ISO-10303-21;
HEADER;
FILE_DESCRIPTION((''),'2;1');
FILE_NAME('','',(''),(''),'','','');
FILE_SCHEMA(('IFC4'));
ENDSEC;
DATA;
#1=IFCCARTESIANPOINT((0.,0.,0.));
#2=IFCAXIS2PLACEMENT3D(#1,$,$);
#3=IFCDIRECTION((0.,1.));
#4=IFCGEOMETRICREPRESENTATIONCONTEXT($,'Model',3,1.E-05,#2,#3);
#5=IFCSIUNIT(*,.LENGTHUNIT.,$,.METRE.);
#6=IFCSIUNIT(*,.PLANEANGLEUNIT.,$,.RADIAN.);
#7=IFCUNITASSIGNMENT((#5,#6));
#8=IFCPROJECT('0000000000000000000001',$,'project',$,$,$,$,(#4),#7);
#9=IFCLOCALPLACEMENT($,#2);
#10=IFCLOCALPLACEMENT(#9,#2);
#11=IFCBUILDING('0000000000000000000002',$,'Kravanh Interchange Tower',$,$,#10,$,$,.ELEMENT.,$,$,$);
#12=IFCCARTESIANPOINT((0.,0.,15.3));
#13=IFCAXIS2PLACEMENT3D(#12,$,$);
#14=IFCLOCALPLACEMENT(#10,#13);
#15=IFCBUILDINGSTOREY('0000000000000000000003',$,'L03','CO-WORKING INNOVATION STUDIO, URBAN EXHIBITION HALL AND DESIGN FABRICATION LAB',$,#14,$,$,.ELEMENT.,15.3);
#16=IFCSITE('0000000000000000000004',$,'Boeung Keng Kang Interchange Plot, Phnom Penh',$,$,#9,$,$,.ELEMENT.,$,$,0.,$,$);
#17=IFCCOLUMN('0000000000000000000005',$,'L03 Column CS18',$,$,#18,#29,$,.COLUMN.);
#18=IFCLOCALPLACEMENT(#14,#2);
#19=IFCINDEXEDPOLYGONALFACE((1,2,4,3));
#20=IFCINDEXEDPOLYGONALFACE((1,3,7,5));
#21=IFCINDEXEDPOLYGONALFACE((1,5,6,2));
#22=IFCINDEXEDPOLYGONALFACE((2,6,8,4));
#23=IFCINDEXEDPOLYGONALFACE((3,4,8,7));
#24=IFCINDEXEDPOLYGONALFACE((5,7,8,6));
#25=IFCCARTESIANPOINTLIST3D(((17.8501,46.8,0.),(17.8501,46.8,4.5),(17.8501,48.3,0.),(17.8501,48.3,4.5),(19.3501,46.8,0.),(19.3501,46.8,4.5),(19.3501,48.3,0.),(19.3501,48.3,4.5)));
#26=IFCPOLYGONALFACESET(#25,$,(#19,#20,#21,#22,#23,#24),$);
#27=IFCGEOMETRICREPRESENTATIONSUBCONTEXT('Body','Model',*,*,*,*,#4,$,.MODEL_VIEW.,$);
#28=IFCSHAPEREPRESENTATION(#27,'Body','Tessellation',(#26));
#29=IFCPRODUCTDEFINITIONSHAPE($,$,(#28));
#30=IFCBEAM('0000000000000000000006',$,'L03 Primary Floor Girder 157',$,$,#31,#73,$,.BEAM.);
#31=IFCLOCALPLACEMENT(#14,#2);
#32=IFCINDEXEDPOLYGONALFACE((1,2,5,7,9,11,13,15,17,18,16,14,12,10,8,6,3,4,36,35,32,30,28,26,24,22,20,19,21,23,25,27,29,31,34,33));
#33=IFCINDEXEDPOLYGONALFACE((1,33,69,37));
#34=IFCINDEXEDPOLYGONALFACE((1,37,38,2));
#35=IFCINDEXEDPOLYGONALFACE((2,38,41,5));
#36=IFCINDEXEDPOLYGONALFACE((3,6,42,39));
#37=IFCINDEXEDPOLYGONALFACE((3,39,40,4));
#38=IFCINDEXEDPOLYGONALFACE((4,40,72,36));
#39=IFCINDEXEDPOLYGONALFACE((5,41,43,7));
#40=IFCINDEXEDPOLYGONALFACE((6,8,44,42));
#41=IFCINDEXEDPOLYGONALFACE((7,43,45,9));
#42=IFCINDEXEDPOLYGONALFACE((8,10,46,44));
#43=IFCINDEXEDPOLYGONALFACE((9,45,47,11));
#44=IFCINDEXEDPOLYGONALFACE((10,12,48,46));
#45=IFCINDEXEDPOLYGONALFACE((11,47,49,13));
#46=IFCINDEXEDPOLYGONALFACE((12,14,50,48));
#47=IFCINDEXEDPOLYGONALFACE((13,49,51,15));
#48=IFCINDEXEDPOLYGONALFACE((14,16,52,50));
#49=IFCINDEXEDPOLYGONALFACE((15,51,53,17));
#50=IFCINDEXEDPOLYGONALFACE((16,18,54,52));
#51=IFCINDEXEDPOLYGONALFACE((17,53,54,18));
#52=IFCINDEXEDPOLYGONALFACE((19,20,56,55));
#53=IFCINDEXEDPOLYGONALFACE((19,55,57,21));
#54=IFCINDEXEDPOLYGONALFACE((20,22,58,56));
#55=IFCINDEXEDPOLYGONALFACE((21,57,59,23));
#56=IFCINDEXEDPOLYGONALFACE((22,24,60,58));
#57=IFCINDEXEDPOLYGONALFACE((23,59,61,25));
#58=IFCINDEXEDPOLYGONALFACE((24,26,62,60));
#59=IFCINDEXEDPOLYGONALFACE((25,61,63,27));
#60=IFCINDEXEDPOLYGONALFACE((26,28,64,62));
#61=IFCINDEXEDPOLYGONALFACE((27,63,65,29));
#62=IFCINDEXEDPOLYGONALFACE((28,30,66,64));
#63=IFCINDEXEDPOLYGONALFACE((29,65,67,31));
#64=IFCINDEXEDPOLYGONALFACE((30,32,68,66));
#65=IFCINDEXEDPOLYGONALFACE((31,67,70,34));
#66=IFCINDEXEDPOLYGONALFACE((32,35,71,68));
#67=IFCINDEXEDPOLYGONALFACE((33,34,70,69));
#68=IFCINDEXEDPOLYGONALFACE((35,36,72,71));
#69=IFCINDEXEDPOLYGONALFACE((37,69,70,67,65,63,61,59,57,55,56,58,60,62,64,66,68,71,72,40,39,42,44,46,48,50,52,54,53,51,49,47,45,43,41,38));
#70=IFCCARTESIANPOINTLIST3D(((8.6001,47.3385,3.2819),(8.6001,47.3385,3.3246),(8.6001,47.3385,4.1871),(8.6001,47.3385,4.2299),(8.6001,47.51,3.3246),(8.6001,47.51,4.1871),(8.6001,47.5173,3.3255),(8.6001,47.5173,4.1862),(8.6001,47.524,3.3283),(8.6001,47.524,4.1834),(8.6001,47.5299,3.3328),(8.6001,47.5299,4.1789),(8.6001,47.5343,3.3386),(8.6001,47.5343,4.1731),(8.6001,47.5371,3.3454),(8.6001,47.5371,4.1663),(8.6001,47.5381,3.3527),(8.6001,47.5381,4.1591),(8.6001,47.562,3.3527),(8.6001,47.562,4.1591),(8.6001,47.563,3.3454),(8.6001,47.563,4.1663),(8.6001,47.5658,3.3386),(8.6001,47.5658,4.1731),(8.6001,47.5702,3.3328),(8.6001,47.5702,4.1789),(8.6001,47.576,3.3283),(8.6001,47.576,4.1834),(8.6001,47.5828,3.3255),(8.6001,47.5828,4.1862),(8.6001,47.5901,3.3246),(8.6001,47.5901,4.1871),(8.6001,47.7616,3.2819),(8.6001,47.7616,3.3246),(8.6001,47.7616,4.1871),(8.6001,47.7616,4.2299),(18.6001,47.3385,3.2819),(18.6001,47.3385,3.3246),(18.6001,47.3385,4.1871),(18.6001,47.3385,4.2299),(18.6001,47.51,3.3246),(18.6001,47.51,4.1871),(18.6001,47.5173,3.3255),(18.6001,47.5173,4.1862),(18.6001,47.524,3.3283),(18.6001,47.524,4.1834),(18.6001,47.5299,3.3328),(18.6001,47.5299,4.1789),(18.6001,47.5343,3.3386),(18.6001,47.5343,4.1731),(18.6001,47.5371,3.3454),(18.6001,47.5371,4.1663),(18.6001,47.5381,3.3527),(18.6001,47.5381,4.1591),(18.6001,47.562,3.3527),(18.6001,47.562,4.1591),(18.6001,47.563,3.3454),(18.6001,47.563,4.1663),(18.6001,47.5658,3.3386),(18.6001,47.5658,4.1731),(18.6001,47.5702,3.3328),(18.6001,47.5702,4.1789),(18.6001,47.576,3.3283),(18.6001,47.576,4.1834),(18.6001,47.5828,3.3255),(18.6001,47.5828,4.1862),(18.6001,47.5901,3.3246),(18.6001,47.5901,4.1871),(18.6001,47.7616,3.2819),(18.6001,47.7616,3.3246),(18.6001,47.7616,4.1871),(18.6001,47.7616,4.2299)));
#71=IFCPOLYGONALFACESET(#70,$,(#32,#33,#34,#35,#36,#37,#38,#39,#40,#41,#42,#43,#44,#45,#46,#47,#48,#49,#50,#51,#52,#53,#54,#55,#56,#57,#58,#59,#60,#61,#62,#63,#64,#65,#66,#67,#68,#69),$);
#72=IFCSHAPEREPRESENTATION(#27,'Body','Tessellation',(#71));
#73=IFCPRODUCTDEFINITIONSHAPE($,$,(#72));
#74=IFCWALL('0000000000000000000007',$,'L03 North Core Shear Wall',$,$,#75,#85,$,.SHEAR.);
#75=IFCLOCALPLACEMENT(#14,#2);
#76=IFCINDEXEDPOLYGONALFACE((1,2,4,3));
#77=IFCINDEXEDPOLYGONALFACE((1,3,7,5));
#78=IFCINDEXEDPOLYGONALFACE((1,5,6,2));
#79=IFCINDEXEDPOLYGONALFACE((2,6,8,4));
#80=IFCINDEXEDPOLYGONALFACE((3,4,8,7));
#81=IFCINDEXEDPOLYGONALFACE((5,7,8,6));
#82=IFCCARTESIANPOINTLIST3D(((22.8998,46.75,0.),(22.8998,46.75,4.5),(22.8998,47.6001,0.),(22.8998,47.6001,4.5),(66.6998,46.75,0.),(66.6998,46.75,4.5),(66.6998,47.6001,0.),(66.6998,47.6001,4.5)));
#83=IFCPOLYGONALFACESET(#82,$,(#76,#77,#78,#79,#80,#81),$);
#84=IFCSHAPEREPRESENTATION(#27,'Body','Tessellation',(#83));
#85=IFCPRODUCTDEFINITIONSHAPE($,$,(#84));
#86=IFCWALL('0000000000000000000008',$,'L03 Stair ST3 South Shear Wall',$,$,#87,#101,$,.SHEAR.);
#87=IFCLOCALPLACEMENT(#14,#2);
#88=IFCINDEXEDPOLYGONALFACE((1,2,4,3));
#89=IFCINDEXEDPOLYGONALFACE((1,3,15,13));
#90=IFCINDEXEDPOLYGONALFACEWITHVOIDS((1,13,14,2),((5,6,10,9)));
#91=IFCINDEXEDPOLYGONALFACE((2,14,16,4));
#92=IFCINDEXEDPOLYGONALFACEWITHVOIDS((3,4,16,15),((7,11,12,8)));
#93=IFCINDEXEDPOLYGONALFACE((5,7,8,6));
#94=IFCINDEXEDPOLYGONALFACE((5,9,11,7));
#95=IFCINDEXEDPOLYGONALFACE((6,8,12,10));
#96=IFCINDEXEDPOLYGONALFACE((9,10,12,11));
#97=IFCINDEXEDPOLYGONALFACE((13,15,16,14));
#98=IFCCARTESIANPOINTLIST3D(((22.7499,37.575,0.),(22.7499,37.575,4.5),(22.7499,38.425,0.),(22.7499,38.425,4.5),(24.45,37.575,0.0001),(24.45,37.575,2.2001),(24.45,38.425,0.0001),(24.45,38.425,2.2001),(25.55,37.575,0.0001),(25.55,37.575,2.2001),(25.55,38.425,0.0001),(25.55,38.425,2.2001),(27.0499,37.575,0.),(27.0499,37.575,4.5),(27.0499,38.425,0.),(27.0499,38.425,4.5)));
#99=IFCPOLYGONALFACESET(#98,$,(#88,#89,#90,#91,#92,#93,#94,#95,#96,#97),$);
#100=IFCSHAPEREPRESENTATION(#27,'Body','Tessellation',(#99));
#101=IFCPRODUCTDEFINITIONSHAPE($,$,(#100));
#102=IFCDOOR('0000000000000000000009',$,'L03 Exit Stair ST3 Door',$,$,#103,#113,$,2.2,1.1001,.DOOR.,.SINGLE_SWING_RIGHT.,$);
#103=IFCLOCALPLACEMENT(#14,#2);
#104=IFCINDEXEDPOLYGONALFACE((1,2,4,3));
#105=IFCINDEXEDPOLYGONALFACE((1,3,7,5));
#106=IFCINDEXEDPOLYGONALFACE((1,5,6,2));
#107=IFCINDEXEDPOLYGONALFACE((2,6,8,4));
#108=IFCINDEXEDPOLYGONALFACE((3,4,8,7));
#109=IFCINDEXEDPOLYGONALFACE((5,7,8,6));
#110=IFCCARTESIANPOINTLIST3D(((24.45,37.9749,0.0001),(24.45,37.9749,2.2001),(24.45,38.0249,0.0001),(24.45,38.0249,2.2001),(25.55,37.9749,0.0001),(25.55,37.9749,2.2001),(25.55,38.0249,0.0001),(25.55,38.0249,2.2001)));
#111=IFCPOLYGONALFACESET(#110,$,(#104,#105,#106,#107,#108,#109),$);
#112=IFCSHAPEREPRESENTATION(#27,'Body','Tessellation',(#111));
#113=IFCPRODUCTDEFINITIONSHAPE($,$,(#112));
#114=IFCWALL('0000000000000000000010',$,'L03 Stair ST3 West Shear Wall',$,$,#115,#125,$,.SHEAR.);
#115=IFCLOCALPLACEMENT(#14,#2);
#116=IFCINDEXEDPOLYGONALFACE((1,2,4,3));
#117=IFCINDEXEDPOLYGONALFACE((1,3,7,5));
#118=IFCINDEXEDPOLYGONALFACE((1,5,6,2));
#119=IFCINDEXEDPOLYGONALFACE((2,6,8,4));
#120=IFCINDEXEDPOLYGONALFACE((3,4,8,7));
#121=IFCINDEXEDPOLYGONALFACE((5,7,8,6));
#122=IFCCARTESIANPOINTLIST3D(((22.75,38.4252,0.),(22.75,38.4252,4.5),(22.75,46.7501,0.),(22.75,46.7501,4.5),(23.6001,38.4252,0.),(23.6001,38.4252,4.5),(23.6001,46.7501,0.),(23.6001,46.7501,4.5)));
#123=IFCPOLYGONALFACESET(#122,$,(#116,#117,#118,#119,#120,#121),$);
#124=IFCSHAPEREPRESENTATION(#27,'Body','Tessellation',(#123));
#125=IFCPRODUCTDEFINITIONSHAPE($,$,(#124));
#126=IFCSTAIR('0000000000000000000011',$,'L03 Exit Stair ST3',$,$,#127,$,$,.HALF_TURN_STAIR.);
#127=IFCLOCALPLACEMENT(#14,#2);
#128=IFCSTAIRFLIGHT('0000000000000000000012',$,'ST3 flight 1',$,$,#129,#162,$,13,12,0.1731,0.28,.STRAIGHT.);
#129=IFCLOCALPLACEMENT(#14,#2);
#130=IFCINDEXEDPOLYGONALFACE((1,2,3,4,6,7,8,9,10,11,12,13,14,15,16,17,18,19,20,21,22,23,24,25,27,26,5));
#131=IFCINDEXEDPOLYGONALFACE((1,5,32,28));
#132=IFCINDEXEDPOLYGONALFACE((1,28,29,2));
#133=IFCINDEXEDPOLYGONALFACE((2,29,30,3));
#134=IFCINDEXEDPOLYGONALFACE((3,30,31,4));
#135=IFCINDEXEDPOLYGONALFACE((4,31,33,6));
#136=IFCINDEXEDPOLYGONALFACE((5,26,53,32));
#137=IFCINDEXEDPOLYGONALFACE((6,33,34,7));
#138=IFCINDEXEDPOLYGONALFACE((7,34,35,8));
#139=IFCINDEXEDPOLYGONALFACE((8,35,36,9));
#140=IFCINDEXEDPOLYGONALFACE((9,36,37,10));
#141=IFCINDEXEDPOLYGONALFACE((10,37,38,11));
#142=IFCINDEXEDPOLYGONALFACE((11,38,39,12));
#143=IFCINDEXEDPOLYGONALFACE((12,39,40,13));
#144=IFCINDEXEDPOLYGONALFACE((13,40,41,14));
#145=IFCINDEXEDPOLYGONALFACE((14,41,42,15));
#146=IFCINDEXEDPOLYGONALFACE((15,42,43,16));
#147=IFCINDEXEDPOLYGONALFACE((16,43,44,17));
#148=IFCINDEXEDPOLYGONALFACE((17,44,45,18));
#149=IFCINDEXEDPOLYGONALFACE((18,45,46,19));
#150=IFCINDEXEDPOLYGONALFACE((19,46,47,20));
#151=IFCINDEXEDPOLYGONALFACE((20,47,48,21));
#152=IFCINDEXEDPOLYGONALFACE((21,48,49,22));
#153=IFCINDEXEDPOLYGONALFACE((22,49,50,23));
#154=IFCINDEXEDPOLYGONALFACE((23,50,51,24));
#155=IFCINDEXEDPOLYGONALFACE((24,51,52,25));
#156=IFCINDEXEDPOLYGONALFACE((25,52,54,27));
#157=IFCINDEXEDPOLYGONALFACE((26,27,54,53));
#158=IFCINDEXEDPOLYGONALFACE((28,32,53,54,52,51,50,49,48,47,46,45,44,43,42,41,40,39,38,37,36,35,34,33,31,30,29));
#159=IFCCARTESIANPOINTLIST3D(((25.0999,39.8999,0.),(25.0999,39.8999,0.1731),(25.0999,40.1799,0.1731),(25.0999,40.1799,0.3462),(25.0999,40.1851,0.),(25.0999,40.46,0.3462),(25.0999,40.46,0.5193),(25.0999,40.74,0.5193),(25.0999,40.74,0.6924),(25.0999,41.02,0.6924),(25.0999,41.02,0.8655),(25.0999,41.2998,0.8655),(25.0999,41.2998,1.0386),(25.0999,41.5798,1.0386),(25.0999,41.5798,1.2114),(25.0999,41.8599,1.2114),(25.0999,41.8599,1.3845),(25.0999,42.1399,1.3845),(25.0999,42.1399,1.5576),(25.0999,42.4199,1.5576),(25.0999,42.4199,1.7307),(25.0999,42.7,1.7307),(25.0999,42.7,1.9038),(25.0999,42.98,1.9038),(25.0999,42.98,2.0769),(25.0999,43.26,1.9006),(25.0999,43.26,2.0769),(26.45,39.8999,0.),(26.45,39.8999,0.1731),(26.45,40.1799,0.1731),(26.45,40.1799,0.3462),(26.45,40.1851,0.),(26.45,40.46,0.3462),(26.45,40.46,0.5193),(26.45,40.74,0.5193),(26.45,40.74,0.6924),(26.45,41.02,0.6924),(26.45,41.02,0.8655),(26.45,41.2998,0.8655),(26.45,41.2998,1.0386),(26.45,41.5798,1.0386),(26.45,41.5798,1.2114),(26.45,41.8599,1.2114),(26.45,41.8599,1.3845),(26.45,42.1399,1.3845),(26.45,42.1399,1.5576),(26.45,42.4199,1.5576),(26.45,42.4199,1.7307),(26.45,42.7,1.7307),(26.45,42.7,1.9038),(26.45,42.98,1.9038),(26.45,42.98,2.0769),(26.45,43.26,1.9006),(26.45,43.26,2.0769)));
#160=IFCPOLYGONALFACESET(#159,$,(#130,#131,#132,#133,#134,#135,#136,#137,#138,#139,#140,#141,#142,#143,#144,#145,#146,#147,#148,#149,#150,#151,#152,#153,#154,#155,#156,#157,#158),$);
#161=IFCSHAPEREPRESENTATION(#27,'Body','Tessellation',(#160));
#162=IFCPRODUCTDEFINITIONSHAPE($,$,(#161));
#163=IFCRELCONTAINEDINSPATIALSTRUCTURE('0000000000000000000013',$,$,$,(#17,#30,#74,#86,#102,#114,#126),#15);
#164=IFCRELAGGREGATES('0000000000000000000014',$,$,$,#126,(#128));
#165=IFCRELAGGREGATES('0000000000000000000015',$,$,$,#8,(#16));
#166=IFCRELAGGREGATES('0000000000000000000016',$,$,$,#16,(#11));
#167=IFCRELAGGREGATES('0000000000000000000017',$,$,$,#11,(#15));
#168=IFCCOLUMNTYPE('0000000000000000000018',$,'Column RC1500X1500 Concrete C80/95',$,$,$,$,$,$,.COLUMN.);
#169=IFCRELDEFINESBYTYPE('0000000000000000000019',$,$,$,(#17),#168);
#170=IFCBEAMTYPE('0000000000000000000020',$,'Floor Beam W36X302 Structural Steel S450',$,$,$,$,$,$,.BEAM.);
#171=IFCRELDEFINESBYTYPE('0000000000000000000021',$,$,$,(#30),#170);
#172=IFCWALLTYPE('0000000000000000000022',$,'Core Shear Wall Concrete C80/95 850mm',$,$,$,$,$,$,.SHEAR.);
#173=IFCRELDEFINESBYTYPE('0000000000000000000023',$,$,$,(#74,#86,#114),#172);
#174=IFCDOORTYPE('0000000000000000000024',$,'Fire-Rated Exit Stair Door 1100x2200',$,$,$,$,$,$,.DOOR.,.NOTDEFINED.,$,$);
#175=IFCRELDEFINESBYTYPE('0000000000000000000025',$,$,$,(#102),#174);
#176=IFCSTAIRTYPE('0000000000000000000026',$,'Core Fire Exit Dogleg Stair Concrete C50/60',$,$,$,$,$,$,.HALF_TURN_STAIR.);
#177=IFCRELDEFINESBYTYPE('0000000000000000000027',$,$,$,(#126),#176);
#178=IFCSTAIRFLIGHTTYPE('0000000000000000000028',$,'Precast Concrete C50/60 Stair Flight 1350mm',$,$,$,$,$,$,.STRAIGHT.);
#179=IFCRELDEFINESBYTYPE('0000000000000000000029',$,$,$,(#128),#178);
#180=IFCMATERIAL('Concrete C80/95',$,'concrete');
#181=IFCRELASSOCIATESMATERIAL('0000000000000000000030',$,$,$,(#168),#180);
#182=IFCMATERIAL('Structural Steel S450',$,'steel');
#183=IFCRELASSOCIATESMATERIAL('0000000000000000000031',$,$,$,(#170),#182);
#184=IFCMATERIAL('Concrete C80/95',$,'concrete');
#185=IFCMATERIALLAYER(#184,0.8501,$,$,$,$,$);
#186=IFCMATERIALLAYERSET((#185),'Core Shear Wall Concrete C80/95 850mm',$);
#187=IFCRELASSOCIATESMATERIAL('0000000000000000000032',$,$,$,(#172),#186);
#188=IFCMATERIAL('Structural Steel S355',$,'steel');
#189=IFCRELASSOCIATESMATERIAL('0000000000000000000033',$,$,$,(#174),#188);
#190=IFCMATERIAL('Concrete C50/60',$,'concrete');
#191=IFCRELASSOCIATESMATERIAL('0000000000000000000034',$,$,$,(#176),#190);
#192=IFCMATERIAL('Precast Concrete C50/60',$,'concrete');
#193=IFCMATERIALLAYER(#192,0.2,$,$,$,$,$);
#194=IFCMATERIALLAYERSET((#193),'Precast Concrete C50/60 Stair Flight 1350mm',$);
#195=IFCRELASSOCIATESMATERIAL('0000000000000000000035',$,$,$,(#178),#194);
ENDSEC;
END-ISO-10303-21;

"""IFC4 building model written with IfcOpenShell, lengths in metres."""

from ifc_helpers import new_model, si_unit, direction, frame, frame_2d, origin, origin_2d, place, context, subcontext, project, spatial, polyline, rectangle, i_section, outline, extrude, material, layer, layer_set, material_profile, profile_set, type_object, element, fill, aggregate, save


model = new_model("IFC4")

# Units and contexts
model_context = context("Model", 3, precision=1e-05, world=origin(), true_north=direction((0.0, 1.0)))
body_context = subcontext(model_context, "Body", "Model", "MODEL_VIEW")
ifc_project = project(units=[si_unit("LENGTHUNIT", "METRE"), si_unit("PLANEANGLEUNIT", "RADIAN")], contexts=[model_context])

# Site, building, storey
site_placement = place(None, origin())
site = spatial("IfcSite", under=ifc_project, at=site_placement, Name="Boeung Keng Kang Interchange Plot, Phnom Penh", CompositionType="ELEMENT", RefElevation=0.0)
building_placement = place(site_placement, origin())
building = spatial("IfcBuilding", under=site, at=building_placement, Name="Kravanh Interchange Tower", CompositionType="ELEMENT")
storey_placement = place(building_placement, frame((0.0, 0.0, 15.3)))
storey = spatial("IfcBuildingStorey", under=building, at=storey_placement, Name="L03", Description="CO-WORKING INNOVATION STUDIO, URBAN EXHIBITION HALL AND DESIGN FABRICATION LAB", CompositionType="ELEMENT", Elevation=15.3)

# Column
ifc_material_1 = material(Name="Concrete C80/95", Category="concrete")
ifc_material_profile_1 = material_profile(ifc_material_1, rectangle(XDim=1.5, YDim=1.5, at=origin_2d()), Name="RC1500X1500")
ifc_profile_set_1 = profile_set([ifc_material_profile_1], Name="Concrete C80/95")
column_type = type_object("IfcColumnType", Name="Column RC1500X1500 Concrete C80/95", PredefinedType="COLUMN", material=ifc_profile_set_1)
column_placement = place(storey_placement, frame((18.6001, 47.55, 0.0), z_axis=(0.0, 0.0, 1.0), x_axis=(1.0, 0.0, 0.0)))
element("IfcColumn", 1, at=column_placement, inside=storey, type_object=column_type, Name="L03 Column CS18", PredefinedType="COLUMN", context=body_context, shape_type="SweptSolid", body=[
    extrude(rectangle(XDim=1.5, YDim=1.5, at=origin_2d()), origin(), (0.0, 0.0, 1.0), 4.5),
])

# Beam
ifc_material_2 = material(Name="Structural Steel S450", Category="steel")
ifc_material_profile_2 = material_profile(ifc_material_2, i_section(OverallWidth=0.4231, OverallDepth=0.948, WebThickness=0.0239, FlangeThickness=0.0427, FilletRadius=0.0281, at=origin_2d()), Name="W36X302")
ifc_profile_set_2 = profile_set([ifc_material_profile_2], Name="Structural Steel S450")
beam_type = type_object("IfcBeamType", Name="Floor Beam W36X302 Structural Steel S450", PredefinedType="BEAM", material=ifc_profile_set_2)
beam_placement = place(storey_placement, frame((18.6001, 47.55, 3.7559), z_axis=(-1.0, 0.0, 0.0), x_axis=(0.0, -1.0, 0.0)))
element("IfcBeam", 2, at=beam_placement, inside=storey, type_object=beam_type, Name="L03 Primary Floor Girder 157", PredefinedType="BEAM", context=body_context, shape_type="SweptSolid", body=[
    extrude(i_section(OverallWidth=0.4231, OverallDepth=0.948, WebThickness=0.0239, FlangeThickness=0.0427, FilletRadius=0.0281, at=origin_2d()), origin(), (0.0, 0.0, 1.0), 10.0),
])

# Wall
ifc_material_3 = material(Name="Concrete C80/95", Category="concrete")
ifc_layer_1 = layer(ifc_material_3, 0.8501)
ifc_layer_set_1 = layer_set([ifc_layer_1], Name="Core Shear Wall Concrete C80/95 850mm")
wall_type = type_object("IfcWallType", Name="Core Shear Wall Concrete C80/95 850mm", PredefinedType="SHEAR", material=ifc_layer_set_1)
wall_1_placement = place(storey_placement, frame((22.8999, 47.175, 0.0), z_axis=(0.0, 0.0, 1.0), x_axis=(1.0, 0.0, 0.0)))
element("IfcWall", 3, at=wall_1_placement, inside=storey, type_object=wall_type, Name="L03 North Core Shear Wall", PredefinedType="SHEAR", context=body_context, shape_type="SweptSolid", body=[
    extrude(rectangle(XDim=43.8, YDim=0.8501, at=frame_2d((21.8999, 0.0))), origin(), (0.0, 0.0, 1.0), 4.5),
])

# Wall, opening, door
wall_2_placement = place(storey_placement, frame((22.75, 38.0, 0.0), z_axis=(0.0, 0.0, 1.0), x_axis=(1.0, 0.0, 0.0)))
wall_2 = element("IfcWall", 4, at=wall_2_placement, inside=storey, type_object=wall_type, Name="L03 Stair ST3 South Shear Wall", PredefinedType="SHEAR", context=body_context, shape_type="SweptSolid", body=[
    extrude(rectangle(XDim=4.3, YDim=0.8501, at=frame_2d((2.1499, 0.0))), origin(), (0.0, 0.0, 1.0), 4.5),
])
opening_placement = place(wall_2_placement, frame((1.7, 0.0, 0.0)))
opening = element("IfcOpeningElement", 5, at=opening_placement, cuts=wall_2, PredefinedType="OPENING", context=body_context, shape_type="SweptSolid", body=[
    extrude(rectangle(XDim=1.1001, YDim=2.2, at=frame_2d((0.55, 1.1001))), frame((0.0, 0.4351, 0.0), z_axis=(0.0, -1.0, 0.0), x_axis=(1.0, 0.0, 0.0)), (0.0, 0.0, 1.0), 0.8701),
])
ifc_material_4 = material(Name="Structural Steel S355", Category="steel")
door_type = type_object("IfcDoorType", Name="Fire-Rated Exit Stair Door 1100x2200", OperationType="NOTDEFINED", PredefinedType="DOOR", material=ifc_material_4)
door_placement = place(opening_placement, origin())
door = element("IfcDoor", 6, at=door_placement, inside=storey, type_object=door_type, Name="L03 Exit Stair ST3 Door", OperationType="SINGLE_SWING_RIGHT", OverallHeight=2.2, OverallWidth=1.1001, PredefinedType="DOOR", context=body_context, shape_type="SweptSolid", body=[
    extrude(rectangle(XDim=1.1001, YDim=2.2, at=frame_2d((0.55, 1.1001))), frame((0.0, 0.0249, 0.0), z_axis=(0.0, -1.0, 0.0), x_axis=(1.0, 0.0, 0.0)), (0.0, 0.0, 1.0), 0.05),
])
fill(opening, door)

# Wall
wall_3_placement = place(storey_placement, frame((23.175, 38.425, 0.0), z_axis=(0.0, 0.0, 1.0), x_axis=(0.0, 1.0, 0.0)))
element("IfcWall", 7, at=wall_3_placement, inside=storey, type_object=wall_type, Name="L03 Stair ST3 West Shear Wall", PredefinedType="SHEAR", context=body_context, shape_type="SweptSolid", body=[
    extrude(rectangle(XDim=8.325, YDim=0.8501, at=frame_2d((4.1626, 0.0))), origin(), (0.0, 0.0, 1.0), 4.5),
])

# Stair, stair flight
ifc_material_5 = material(Name="Concrete C50/60", Category="concrete")
stair_type = type_object("IfcStairType", Name="Core Fire Exit Dogleg Stair Concrete C50/60", PredefinedType="HALF_TURN_STAIR", material=ifc_material_5)
stair_placement = place(storey_placement, origin())
stair = element("IfcStair", 8, at=stair_placement, inside=storey, type_object=stair_type, Name="L03 Exit Stair ST3", PredefinedType="HALF_TURN_STAIR")
ifc_material_6 = material(Name="Precast Concrete C50/60", Category="concrete")
ifc_layer_2 = layer(ifc_material_6, 0.2)
ifc_layer_set_2 = layer_set([ifc_layer_2], Name="Precast Concrete C50/60 Stair Flight 1350mm")
stair_flight_type = type_object("IfcStairFlightType", Name="Precast Concrete C50/60 Stair Flight 1350mm", PredefinedType="STRAIGHT", material=ifc_layer_set_2)
stair_flight_1_placement = place(storey_placement, frame((25.7749, 39.8999, 0.0), z_axis=(0.0, 0.0, 1.0), x_axis=(0.0, 1.0, 0.0)))
stair_flight_1 = element("IfcStairFlight", 9, at=stair_flight_1_placement, type_object=stair_flight_type, Name="ST3 flight 1", NumberOfRisers=13, NumberOfTreads=12, PredefinedType="STRAIGHT", RiserHeight=0.1731, TreadLength=0.28, context=body_context, shape_type="SweptSolid", body=[
    extrude(outline(polyline([(0.0, 0.0), (0.0, 0.1731), (0.28, 0.1731), (0.28, 0.3462), (0.5601, 0.3462), (0.5601, 0.5193), (0.8401, 0.5193), (0.8401, 0.6924), (1.1201, 0.6924), (1.1201, 0.8655), (1.3999, 0.8655), (1.3999, 1.0386), (1.6799, 1.0386), (1.6799, 1.2114), (1.96, 1.2114), (1.96, 1.3845), (2.24, 1.3845), (2.24, 1.5576), (2.52, 1.5576), (2.52, 1.7307), (2.8, 1.7307), (2.8, 1.9038), (3.0801, 1.9038), (3.0801, 2.0769), (3.3601, 2.0769), (3.3601, 2.25), (3.3601, 1.9006), (0.2852, 0.0), (0.0, 0.0)])), frame((0.0, 0.675, 0.0), z_axis=(0.0, -1.0, 0.0), x_axis=(1.0, 0.0, 0.0)), (0.0, 0.0, 1.0), 1.3501),
])
aggregate(stair, [stair_flight_1])

save(model, "model.ifc")
